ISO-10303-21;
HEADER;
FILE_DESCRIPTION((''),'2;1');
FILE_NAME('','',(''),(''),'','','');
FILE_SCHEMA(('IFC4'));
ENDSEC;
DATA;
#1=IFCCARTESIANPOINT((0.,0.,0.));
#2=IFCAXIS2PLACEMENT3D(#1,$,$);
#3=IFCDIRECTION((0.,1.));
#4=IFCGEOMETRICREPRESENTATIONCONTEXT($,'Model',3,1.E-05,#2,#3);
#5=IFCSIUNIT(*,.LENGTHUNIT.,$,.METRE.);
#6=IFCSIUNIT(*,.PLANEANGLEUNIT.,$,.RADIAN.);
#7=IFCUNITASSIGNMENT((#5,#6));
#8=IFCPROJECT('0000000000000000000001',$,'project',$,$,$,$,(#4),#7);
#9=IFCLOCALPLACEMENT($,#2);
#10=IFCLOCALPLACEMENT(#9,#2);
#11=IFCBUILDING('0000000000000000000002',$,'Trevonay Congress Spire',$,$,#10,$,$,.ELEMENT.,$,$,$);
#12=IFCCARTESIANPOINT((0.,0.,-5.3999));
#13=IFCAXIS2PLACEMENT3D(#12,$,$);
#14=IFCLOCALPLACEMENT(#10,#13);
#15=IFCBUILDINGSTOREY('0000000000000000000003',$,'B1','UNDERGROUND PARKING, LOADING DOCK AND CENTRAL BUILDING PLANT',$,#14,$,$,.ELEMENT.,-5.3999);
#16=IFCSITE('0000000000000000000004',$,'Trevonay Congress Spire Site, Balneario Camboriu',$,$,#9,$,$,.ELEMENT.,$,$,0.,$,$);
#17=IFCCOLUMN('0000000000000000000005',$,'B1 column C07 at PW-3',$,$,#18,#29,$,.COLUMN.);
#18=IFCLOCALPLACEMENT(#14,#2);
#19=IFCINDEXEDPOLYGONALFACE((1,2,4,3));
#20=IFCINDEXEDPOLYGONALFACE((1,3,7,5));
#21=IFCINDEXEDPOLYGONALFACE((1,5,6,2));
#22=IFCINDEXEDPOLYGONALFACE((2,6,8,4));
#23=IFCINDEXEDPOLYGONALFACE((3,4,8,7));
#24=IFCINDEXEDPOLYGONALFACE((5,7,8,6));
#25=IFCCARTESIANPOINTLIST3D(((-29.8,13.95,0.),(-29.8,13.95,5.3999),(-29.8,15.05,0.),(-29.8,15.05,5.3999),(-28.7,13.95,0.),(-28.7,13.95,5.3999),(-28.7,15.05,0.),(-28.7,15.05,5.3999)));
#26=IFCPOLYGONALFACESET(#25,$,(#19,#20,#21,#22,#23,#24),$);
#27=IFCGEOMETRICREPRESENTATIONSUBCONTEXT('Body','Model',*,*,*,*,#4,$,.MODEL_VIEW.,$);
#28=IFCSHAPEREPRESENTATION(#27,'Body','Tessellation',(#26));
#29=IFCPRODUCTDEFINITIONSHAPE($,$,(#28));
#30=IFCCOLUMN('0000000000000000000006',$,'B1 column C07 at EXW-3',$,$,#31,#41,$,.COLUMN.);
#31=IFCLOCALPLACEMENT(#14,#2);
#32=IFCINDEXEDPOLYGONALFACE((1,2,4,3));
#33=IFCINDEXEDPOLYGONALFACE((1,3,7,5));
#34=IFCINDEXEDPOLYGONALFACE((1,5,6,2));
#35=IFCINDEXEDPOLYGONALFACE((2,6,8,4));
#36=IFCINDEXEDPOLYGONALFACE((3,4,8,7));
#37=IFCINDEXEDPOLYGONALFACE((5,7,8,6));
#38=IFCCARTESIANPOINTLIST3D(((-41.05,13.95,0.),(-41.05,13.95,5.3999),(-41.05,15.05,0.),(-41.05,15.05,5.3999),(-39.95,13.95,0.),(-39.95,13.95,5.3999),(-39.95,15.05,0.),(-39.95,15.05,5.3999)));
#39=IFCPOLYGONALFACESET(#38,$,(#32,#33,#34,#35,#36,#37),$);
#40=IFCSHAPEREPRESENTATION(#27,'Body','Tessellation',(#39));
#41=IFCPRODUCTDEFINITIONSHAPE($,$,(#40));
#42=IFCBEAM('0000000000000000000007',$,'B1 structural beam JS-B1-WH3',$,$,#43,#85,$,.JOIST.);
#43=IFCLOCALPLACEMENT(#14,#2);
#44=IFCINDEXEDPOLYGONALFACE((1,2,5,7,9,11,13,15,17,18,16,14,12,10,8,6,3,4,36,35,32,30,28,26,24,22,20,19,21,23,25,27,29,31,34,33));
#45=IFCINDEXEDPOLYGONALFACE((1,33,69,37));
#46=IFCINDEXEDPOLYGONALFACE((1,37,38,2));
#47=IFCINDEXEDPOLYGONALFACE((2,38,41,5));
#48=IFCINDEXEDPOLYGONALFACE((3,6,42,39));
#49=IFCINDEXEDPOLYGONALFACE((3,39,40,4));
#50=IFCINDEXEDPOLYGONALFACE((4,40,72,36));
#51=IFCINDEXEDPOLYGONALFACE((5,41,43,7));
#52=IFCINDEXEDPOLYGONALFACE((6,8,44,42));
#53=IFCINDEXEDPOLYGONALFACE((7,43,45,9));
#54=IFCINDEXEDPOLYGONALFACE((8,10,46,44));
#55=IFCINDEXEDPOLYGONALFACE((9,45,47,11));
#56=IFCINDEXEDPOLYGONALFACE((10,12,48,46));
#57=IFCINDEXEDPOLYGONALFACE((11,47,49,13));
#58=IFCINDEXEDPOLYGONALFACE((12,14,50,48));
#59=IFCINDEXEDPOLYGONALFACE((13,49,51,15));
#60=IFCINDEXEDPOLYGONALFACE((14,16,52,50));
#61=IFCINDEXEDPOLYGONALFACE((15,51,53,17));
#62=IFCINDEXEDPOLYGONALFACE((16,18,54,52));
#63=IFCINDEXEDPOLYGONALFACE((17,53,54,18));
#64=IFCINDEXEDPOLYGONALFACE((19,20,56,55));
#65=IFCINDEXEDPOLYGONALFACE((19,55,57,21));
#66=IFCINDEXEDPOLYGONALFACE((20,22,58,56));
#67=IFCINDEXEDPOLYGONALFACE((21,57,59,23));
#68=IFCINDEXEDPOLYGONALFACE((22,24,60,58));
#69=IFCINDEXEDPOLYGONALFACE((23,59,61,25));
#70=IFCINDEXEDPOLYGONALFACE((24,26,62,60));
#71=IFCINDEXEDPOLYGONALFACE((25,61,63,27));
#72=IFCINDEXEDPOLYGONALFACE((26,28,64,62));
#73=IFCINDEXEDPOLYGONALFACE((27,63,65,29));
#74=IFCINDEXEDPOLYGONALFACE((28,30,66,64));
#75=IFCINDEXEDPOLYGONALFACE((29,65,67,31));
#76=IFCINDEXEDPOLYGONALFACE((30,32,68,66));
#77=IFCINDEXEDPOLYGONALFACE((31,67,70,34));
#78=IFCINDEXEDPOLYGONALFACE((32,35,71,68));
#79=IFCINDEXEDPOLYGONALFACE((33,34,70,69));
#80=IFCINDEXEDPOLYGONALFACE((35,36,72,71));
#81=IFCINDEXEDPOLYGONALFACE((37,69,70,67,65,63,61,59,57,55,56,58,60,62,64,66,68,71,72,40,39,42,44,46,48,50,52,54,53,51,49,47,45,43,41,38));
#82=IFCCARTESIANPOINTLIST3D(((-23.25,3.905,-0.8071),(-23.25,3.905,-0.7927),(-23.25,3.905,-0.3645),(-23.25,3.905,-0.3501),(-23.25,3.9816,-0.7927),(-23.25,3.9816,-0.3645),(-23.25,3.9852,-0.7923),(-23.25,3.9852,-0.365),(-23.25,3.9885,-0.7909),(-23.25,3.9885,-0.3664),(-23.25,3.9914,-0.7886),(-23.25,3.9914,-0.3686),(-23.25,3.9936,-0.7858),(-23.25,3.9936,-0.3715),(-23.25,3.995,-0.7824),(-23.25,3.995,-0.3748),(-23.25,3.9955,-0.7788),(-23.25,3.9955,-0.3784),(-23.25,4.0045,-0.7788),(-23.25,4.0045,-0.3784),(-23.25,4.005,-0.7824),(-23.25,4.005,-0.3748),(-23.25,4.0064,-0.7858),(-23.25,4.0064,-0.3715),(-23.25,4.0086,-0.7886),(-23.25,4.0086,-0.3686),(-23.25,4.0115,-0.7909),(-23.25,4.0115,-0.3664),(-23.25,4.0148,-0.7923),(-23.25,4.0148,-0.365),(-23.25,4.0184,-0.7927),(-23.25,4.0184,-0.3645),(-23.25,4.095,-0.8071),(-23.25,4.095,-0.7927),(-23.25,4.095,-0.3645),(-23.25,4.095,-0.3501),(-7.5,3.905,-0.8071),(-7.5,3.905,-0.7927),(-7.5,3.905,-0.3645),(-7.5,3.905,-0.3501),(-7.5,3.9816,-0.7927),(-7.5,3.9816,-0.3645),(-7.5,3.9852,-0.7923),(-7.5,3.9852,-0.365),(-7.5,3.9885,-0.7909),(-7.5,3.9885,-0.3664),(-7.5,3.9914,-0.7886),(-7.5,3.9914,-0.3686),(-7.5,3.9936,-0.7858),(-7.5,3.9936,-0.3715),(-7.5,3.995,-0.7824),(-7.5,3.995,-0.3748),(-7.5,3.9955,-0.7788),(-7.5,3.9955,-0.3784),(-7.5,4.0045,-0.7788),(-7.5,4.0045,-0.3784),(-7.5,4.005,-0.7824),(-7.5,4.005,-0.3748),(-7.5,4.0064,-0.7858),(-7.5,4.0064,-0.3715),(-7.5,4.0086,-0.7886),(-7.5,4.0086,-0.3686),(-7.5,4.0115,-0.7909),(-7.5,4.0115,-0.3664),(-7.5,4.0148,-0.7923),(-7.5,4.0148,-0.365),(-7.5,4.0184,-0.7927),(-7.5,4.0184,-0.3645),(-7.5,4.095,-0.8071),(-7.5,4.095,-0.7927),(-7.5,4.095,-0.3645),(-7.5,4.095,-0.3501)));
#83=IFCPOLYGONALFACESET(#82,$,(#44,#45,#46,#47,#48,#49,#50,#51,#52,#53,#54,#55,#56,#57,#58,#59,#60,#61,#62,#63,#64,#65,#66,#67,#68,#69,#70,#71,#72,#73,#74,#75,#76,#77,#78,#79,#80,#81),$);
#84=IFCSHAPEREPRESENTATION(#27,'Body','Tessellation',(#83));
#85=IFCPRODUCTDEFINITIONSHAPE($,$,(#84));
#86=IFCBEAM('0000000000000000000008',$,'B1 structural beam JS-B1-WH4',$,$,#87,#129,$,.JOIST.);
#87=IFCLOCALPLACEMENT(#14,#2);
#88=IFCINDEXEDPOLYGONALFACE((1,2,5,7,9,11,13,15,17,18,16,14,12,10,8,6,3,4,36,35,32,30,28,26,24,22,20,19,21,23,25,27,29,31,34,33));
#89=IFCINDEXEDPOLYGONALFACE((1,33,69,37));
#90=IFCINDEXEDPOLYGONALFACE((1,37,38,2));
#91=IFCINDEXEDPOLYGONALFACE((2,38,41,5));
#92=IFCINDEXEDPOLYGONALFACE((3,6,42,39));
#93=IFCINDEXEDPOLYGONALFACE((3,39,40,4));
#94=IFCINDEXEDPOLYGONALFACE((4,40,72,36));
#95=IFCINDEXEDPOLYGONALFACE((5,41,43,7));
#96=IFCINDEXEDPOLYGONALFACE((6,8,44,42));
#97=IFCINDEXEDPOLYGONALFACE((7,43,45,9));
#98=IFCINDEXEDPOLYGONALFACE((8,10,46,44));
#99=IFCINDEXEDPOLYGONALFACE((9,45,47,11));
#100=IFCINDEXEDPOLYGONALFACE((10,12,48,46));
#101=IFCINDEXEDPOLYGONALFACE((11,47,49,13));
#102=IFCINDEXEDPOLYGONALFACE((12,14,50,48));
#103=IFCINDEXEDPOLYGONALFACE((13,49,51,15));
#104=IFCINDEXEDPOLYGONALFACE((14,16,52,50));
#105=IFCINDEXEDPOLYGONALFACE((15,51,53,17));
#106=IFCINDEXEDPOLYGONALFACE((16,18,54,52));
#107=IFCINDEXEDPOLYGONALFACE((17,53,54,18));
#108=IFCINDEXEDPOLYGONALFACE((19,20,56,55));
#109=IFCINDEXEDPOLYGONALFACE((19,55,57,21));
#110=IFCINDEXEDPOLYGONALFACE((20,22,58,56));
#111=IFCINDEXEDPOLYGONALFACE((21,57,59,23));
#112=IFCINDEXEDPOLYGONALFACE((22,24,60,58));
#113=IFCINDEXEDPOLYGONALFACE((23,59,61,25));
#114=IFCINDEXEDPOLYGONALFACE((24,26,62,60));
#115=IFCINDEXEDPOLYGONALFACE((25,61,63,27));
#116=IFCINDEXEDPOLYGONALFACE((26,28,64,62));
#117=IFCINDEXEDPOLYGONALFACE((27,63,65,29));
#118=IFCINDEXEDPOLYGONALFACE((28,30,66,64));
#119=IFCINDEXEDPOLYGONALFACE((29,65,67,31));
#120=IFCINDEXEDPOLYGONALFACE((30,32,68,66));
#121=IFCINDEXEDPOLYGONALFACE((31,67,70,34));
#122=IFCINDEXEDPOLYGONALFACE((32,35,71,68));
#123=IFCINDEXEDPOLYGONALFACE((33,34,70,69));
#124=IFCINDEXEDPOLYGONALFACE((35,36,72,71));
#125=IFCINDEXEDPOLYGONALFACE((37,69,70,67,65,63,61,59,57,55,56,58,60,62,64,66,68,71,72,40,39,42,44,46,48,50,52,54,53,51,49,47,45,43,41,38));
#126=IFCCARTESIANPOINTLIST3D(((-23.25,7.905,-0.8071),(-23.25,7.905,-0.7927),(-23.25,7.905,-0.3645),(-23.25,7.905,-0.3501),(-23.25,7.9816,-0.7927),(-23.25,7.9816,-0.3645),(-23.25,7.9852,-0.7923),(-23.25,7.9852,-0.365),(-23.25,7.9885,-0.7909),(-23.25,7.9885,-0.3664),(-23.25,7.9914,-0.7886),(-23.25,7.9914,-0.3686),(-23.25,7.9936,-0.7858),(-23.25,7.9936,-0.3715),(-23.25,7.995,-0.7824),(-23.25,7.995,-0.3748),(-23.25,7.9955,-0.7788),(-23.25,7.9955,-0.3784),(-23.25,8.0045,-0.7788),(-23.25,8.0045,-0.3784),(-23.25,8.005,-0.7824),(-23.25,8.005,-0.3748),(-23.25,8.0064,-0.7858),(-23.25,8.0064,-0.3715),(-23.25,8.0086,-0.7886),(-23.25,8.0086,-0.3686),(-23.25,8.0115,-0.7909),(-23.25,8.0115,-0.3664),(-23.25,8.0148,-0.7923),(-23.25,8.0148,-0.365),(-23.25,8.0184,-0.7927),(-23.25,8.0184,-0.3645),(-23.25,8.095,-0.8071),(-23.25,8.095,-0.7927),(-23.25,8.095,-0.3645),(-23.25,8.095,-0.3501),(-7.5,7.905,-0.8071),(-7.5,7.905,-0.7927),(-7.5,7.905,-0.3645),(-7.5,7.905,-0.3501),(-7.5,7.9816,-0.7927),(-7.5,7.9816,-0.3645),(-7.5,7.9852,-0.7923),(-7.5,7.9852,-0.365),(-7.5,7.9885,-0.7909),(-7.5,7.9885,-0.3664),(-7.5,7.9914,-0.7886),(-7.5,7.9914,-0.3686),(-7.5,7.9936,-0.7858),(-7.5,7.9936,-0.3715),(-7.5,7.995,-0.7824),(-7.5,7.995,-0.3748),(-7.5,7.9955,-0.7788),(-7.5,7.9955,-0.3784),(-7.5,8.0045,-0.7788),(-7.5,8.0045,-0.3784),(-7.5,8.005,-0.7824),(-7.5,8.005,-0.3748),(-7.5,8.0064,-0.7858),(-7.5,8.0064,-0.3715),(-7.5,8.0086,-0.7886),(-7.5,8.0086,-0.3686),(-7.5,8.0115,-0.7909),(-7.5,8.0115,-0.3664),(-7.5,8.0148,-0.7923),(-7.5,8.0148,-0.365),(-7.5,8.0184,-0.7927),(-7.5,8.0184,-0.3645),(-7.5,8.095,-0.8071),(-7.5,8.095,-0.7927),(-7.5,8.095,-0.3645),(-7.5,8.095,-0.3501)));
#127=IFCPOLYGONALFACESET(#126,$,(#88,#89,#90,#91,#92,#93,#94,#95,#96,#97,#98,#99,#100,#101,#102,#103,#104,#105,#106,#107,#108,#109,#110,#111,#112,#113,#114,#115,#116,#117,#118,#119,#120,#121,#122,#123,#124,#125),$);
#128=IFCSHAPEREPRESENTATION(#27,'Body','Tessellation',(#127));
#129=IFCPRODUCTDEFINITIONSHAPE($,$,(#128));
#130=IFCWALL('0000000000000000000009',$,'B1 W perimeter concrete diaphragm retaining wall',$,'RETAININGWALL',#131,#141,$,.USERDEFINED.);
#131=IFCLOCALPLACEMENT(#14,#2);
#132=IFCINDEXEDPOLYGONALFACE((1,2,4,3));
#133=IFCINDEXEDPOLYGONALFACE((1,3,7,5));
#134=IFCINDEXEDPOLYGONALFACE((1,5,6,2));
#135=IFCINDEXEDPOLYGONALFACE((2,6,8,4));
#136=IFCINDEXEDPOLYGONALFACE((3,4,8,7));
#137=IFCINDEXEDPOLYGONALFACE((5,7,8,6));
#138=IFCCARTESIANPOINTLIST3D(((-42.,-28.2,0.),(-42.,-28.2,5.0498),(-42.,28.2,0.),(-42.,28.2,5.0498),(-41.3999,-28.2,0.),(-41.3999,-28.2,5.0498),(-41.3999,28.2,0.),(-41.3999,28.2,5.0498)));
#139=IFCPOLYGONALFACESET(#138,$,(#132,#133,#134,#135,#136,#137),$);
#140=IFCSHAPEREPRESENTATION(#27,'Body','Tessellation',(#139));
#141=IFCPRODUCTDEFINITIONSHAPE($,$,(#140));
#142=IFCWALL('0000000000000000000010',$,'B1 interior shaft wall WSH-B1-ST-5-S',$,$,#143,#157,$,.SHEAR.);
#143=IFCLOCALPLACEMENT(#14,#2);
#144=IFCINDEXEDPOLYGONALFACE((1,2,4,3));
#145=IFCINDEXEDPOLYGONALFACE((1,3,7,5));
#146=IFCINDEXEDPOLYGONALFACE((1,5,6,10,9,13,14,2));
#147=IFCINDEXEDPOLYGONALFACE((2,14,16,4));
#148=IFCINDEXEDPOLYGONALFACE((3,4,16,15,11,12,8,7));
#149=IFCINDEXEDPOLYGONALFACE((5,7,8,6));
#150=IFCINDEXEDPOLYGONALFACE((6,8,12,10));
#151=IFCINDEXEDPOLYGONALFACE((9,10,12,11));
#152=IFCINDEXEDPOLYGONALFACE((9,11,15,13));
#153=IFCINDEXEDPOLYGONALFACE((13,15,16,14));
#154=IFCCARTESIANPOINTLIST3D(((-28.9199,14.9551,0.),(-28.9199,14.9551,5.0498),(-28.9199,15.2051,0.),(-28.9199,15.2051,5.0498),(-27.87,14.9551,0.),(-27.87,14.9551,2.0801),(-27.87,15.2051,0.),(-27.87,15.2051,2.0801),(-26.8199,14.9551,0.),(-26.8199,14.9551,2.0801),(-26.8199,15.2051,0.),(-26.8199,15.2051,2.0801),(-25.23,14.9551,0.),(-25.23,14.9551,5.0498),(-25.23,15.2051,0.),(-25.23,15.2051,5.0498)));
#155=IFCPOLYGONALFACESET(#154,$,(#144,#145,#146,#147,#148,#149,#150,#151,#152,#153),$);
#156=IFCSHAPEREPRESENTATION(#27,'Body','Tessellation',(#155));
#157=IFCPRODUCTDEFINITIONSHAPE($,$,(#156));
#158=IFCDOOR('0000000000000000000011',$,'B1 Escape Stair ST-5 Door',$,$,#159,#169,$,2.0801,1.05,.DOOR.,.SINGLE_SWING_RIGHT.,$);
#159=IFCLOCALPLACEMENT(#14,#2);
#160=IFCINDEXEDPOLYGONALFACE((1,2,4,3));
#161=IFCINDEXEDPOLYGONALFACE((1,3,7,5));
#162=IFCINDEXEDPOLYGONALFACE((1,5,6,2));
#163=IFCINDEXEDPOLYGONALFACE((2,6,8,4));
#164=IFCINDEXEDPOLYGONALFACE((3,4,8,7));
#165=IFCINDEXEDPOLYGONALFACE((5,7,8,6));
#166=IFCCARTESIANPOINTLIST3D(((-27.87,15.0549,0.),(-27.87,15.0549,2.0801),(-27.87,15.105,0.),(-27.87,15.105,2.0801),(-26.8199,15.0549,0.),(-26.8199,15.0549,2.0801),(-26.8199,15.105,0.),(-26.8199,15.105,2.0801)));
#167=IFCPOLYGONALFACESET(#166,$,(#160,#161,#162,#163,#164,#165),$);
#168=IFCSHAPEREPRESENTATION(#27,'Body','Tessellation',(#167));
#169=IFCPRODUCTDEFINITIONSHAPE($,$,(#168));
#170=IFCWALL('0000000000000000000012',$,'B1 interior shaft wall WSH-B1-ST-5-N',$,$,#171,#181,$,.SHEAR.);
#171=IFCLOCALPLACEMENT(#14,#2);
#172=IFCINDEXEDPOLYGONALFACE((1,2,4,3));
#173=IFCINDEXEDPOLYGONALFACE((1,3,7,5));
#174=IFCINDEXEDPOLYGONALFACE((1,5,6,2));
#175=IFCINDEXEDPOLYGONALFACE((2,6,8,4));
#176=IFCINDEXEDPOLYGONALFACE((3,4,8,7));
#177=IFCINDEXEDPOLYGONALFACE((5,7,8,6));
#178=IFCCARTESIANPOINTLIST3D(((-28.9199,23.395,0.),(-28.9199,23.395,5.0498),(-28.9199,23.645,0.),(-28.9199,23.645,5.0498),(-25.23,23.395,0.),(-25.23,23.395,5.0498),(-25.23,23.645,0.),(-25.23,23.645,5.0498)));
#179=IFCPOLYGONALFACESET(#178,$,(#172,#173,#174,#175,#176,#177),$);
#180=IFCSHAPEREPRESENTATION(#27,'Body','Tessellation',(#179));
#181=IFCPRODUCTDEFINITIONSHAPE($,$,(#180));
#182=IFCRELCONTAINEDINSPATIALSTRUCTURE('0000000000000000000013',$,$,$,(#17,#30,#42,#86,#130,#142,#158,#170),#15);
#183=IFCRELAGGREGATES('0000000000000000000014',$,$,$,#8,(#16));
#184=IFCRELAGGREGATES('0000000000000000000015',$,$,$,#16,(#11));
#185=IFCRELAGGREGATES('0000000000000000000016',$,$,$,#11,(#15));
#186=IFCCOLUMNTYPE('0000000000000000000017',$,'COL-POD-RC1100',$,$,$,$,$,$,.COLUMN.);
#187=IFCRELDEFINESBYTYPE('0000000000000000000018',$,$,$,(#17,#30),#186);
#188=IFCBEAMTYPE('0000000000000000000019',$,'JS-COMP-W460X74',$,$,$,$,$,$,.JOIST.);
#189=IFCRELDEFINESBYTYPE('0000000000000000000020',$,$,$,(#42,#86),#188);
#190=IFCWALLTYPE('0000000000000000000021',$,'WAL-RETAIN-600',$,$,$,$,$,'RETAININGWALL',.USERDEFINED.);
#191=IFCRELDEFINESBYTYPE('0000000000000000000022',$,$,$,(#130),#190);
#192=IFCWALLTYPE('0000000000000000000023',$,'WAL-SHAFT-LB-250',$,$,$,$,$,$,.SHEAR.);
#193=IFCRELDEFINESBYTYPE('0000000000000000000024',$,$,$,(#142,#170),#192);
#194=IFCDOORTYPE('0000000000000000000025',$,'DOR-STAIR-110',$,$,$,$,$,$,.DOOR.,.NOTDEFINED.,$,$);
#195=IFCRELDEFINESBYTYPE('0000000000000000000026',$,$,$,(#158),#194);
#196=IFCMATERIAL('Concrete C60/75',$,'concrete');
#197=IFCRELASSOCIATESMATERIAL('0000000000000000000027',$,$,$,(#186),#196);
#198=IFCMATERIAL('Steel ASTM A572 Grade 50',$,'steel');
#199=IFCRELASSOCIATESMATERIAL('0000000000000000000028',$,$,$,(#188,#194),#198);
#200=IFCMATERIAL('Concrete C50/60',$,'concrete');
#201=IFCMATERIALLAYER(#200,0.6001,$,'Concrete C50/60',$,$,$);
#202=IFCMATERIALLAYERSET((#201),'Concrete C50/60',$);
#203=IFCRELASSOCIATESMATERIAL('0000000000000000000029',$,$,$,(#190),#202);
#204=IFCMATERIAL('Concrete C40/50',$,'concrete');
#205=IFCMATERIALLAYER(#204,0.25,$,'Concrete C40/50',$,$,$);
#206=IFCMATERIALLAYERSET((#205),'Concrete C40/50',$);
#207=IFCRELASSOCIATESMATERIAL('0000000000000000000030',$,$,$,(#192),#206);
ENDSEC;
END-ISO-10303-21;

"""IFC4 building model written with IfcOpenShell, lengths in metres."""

from ifc_helpers import new_model, si_unit, direction, frame, frame_2d, origin, origin_2d, place, context, subcontext, project, spatial, rectangle, i_section, extrude, material, layer, layer_set, material_profile, profile_set, type_object, element, fill, save


model = new_model("IFC4")

# Units and contexts
model_context = context("Model", 3, precision=1e-05, world=origin(), true_north=direction((0.0, 1.0)))
body_context = subcontext(model_context, "Body", "Model", "MODEL_VIEW")
ifc_project = project(units=[si_unit("LENGTHUNIT", "METRE"), si_unit("PLANEANGLEUNIT", "RADIAN")], contexts=[model_context])

# Site, building, storey
site_placement = place(None, origin())
site = spatial("IfcSite", under=ifc_project, at=site_placement, Name="Trevonay Congress Spire Site, Balneario Camboriu", CompositionType="ELEMENT", RefElevation=0.0)
building_placement = place(site_placement, origin())
building = spatial("IfcBuilding", under=site, at=building_placement, Name="Trevonay Congress Spire", CompositionType="ELEMENT")
storey_placement = place(building_placement, frame((0.0, 0.0, -5.3999)))
storey = spatial("IfcBuildingStorey", under=building, at=storey_placement, Name="B1", Description="UNDERGROUND PARKING, LOADING DOCK AND CENTRAL BUILDING PLANT", CompositionType="ELEMENT", Elevation=-5.3999)

# Columns
ifc_material_1 = material(Name="Concrete C60/75", Category="concrete")
ifc_material_profile_1 = material_profile(ifc_material_1, rectangle(XDim=1.1001, YDim=1.1001, at=origin_2d()), Name="RC 1100x1100")
ifc_profile_set_1 = profile_set([ifc_material_profile_1], Name="Concrete C60/75")
column_type = type_object("IfcColumnType", Name="COL-POD-RC1100", PredefinedType="COLUMN", material=ifc_profile_set_1)
for number, where, z_axis, x_axis, name in (
    (1, (-29.25, 14.5, 0.0), (0.0, 0.0, 1.0), (1.0, 0.0, 0.0), "B1 column C07 at PW-3"),
    (2, (-40.5, 14.5, 0.0), (0.0, 0.0, 1.0), (1.0, 0.0, 0.0), "B1 column C07 at EXW-3"),
):
    element("IfcColumn", number, at=place(storey_placement, frame(where, z_axis=z_axis, x_axis=x_axis)), inside=storey, type_object=column_type, Name=name, PredefinedType="COLUMN", context=body_context, shape_type="SweptSolid", body=[
        extrude(rectangle(XDim=1.1001, YDim=1.1001, at=origin_2d()), origin(), (0.0, 0.0, 1.0), 5.3999),
    ])

# Beams
ifc_material_2 = material(Name="Steel ASTM A572 Grade 50", Category="steel")
ifc_material_profile_2 = material_profile(ifc_material_2, i_section(OverallWidth=0.1899, OverallDepth=0.457, WebThickness=0.009, FlangeThickness=0.0144, FilletRadius=0.0139, at=origin_2d()), Name="W460x74")
ifc_profile_set_2 = profile_set([ifc_material_profile_2], Name="Steel ASTM A572 Grade 50")
beam_type = type_object("IfcBeamType", Name="JS-COMP-W460X74", PredefinedType="JOIST", material=ifc_profile_set_2)
for number, where, z_axis, x_axis, name in (
    (3, (-23.25, 4.0, -0.5786), (1.0, 0.0, 0.0), (0.0, 1.0, 0.0), "B1 structural beam JS-B1-WH3"),
    (4, (-23.25, 8.0, -0.5786), (1.0, 0.0, 0.0), (0.0, 1.0, 0.0), "B1 structural beam JS-B1-WH4"),
):
    element("IfcBeam", number, at=place(storey_placement, frame(where, z_axis=z_axis, x_axis=x_axis)), inside=storey, type_object=beam_type, Name=name, PredefinedType="JOIST", context=body_context, shape_type="SweptSolid", body=[
        extrude(i_section(OverallWidth=0.1899, OverallDepth=0.457, WebThickness=0.009, FlangeThickness=0.0144, FilletRadius=0.0139, at=origin_2d()), origin(), (0.0, 0.0, 1.0), 15.75),
    ])

# Wall
ifc_material_3 = material(Name="Concrete C50/60", Category="concrete")
ifc_layer_1 = layer(ifc_material_3, 0.6001, Name="Concrete C50/60")
ifc_layer_set_1 = layer_set([ifc_layer_1], Name="Concrete C50/60")
wall_type_1 = type_object("IfcWallType", Name="WAL-RETAIN-600", ElementType="RETAININGWALL", PredefinedType="USERDEFINED", material=ifc_layer_set_1)
wall_1_placement = place(storey_placement, frame((-41.7, 28.2, 0.0), z_axis=(0.0, 0.0, 1.0), x_axis=(0.0, -1.0, 0.0)))
element("IfcWall", 5, at=wall_1_placement, inside=storey, type_object=wall_type_1, Name="B1 W perimeter concrete diaphragm retaining wall", ObjectType="RETAININGWALL", PredefinedType="USERDEFINED", context=body_context, shape_type="SweptSolid", body=[
    extrude(rectangle(XDim=56.3999, YDim=0.6001, at=frame_2d((28.2, 0.0))), origin(), (0.0, 0.0, 1.0), 5.0498),
])

# Wall, opening, door
ifc_material_4 = material(Name="Concrete C40/50", Category="concrete")
ifc_layer_2 = layer(ifc_material_4, 0.25, Name="Concrete C40/50")
ifc_layer_set_2 = layer_set([ifc_layer_2], Name="Concrete C40/50")
wall_type_2 = type_object("IfcWallType", Name="WAL-SHAFT-LB-250", PredefinedType="SHEAR", material=ifc_layer_set_2)
wall_2_placement = place(storey_placement, frame((-28.9199, 15.0801, 0.0), z_axis=(0.0, 0.0, 1.0), x_axis=(1.0, 0.0, 0.0)))
wall_2 = element("IfcWall", 6, at=wall_2_placement, inside=storey, type_object=wall_type_2, Name="B1 interior shaft wall WSH-B1-ST-5-S", PredefinedType="SHEAR", context=body_context, shape_type="SweptSolid", body=[
    extrude(rectangle(XDim=3.6899, YDim=0.25, at=frame_2d((1.845, 0.0))), origin(), (0.0, 0.0, 1.0), 5.0498),
])
opening_placement = place(wall_2_placement, frame((1.05, 0.0, 0.0)))
opening = element("IfcOpeningElement", 7, at=opening_placement, cuts=wall_2, PredefinedType="OPENING", context=body_context, shape_type="SweptSolid", body=[
    extrude(rectangle(XDim=1.05, YDim=2.0801, at=frame_2d((0.5249, 1.04))), frame((0.0, 0.135, 0.0), z_axis=(0.0, -1.0, 0.0), x_axis=(1.0, 0.0, 0.0)), (0.0, 0.0, 1.0), 0.27),
])
door_type = type_object("IfcDoorType", Name="DOR-STAIR-110", OperationType="NOTDEFINED", PredefinedType="DOOR", material=ifc_material_2)
door_placement = place(opening_placement, origin())
door = element("IfcDoor", 8, at=door_placement, inside=storey, type_object=door_type, Name="B1 Escape Stair ST-5 Door", OperationType="SINGLE_SWING_RIGHT", OverallHeight=2.0801, OverallWidth=1.05, PredefinedType="DOOR", context=body_context, shape_type="SweptSolid", body=[
    extrude(rectangle(XDim=1.05, YDim=2.0801, at=frame_2d((0.5249, 1.04))), frame((0.0, 0.0249, 0.0), z_axis=(0.0, -1.0, 0.0), x_axis=(1.0, 0.0, 0.0)), (0.0, 0.0, 1.0), 0.05),
])
fill(opening, door)

# Wall
wall_3_placement = place(storey_placement, frame((-28.9199, 23.52, 0.0), z_axis=(0.0, 0.0, 1.0), x_axis=(1.0, 0.0, 0.0)))
element("IfcWall", 9, at=wall_3_placement, inside=storey, type_object=wall_type_2, Name="B1 interior shaft wall WSH-B1-ST-5-N", PredefinedType="SHEAR", context=body_context, shape_type="SweptSolid", body=[
    extrude(rectangle(XDim=3.6899, YDim=0.25, at=frame_2d((1.845, 0.0))), origin(), (0.0, 0.0, 1.0), 5.0498),
])

save(model, "model.ifc")
